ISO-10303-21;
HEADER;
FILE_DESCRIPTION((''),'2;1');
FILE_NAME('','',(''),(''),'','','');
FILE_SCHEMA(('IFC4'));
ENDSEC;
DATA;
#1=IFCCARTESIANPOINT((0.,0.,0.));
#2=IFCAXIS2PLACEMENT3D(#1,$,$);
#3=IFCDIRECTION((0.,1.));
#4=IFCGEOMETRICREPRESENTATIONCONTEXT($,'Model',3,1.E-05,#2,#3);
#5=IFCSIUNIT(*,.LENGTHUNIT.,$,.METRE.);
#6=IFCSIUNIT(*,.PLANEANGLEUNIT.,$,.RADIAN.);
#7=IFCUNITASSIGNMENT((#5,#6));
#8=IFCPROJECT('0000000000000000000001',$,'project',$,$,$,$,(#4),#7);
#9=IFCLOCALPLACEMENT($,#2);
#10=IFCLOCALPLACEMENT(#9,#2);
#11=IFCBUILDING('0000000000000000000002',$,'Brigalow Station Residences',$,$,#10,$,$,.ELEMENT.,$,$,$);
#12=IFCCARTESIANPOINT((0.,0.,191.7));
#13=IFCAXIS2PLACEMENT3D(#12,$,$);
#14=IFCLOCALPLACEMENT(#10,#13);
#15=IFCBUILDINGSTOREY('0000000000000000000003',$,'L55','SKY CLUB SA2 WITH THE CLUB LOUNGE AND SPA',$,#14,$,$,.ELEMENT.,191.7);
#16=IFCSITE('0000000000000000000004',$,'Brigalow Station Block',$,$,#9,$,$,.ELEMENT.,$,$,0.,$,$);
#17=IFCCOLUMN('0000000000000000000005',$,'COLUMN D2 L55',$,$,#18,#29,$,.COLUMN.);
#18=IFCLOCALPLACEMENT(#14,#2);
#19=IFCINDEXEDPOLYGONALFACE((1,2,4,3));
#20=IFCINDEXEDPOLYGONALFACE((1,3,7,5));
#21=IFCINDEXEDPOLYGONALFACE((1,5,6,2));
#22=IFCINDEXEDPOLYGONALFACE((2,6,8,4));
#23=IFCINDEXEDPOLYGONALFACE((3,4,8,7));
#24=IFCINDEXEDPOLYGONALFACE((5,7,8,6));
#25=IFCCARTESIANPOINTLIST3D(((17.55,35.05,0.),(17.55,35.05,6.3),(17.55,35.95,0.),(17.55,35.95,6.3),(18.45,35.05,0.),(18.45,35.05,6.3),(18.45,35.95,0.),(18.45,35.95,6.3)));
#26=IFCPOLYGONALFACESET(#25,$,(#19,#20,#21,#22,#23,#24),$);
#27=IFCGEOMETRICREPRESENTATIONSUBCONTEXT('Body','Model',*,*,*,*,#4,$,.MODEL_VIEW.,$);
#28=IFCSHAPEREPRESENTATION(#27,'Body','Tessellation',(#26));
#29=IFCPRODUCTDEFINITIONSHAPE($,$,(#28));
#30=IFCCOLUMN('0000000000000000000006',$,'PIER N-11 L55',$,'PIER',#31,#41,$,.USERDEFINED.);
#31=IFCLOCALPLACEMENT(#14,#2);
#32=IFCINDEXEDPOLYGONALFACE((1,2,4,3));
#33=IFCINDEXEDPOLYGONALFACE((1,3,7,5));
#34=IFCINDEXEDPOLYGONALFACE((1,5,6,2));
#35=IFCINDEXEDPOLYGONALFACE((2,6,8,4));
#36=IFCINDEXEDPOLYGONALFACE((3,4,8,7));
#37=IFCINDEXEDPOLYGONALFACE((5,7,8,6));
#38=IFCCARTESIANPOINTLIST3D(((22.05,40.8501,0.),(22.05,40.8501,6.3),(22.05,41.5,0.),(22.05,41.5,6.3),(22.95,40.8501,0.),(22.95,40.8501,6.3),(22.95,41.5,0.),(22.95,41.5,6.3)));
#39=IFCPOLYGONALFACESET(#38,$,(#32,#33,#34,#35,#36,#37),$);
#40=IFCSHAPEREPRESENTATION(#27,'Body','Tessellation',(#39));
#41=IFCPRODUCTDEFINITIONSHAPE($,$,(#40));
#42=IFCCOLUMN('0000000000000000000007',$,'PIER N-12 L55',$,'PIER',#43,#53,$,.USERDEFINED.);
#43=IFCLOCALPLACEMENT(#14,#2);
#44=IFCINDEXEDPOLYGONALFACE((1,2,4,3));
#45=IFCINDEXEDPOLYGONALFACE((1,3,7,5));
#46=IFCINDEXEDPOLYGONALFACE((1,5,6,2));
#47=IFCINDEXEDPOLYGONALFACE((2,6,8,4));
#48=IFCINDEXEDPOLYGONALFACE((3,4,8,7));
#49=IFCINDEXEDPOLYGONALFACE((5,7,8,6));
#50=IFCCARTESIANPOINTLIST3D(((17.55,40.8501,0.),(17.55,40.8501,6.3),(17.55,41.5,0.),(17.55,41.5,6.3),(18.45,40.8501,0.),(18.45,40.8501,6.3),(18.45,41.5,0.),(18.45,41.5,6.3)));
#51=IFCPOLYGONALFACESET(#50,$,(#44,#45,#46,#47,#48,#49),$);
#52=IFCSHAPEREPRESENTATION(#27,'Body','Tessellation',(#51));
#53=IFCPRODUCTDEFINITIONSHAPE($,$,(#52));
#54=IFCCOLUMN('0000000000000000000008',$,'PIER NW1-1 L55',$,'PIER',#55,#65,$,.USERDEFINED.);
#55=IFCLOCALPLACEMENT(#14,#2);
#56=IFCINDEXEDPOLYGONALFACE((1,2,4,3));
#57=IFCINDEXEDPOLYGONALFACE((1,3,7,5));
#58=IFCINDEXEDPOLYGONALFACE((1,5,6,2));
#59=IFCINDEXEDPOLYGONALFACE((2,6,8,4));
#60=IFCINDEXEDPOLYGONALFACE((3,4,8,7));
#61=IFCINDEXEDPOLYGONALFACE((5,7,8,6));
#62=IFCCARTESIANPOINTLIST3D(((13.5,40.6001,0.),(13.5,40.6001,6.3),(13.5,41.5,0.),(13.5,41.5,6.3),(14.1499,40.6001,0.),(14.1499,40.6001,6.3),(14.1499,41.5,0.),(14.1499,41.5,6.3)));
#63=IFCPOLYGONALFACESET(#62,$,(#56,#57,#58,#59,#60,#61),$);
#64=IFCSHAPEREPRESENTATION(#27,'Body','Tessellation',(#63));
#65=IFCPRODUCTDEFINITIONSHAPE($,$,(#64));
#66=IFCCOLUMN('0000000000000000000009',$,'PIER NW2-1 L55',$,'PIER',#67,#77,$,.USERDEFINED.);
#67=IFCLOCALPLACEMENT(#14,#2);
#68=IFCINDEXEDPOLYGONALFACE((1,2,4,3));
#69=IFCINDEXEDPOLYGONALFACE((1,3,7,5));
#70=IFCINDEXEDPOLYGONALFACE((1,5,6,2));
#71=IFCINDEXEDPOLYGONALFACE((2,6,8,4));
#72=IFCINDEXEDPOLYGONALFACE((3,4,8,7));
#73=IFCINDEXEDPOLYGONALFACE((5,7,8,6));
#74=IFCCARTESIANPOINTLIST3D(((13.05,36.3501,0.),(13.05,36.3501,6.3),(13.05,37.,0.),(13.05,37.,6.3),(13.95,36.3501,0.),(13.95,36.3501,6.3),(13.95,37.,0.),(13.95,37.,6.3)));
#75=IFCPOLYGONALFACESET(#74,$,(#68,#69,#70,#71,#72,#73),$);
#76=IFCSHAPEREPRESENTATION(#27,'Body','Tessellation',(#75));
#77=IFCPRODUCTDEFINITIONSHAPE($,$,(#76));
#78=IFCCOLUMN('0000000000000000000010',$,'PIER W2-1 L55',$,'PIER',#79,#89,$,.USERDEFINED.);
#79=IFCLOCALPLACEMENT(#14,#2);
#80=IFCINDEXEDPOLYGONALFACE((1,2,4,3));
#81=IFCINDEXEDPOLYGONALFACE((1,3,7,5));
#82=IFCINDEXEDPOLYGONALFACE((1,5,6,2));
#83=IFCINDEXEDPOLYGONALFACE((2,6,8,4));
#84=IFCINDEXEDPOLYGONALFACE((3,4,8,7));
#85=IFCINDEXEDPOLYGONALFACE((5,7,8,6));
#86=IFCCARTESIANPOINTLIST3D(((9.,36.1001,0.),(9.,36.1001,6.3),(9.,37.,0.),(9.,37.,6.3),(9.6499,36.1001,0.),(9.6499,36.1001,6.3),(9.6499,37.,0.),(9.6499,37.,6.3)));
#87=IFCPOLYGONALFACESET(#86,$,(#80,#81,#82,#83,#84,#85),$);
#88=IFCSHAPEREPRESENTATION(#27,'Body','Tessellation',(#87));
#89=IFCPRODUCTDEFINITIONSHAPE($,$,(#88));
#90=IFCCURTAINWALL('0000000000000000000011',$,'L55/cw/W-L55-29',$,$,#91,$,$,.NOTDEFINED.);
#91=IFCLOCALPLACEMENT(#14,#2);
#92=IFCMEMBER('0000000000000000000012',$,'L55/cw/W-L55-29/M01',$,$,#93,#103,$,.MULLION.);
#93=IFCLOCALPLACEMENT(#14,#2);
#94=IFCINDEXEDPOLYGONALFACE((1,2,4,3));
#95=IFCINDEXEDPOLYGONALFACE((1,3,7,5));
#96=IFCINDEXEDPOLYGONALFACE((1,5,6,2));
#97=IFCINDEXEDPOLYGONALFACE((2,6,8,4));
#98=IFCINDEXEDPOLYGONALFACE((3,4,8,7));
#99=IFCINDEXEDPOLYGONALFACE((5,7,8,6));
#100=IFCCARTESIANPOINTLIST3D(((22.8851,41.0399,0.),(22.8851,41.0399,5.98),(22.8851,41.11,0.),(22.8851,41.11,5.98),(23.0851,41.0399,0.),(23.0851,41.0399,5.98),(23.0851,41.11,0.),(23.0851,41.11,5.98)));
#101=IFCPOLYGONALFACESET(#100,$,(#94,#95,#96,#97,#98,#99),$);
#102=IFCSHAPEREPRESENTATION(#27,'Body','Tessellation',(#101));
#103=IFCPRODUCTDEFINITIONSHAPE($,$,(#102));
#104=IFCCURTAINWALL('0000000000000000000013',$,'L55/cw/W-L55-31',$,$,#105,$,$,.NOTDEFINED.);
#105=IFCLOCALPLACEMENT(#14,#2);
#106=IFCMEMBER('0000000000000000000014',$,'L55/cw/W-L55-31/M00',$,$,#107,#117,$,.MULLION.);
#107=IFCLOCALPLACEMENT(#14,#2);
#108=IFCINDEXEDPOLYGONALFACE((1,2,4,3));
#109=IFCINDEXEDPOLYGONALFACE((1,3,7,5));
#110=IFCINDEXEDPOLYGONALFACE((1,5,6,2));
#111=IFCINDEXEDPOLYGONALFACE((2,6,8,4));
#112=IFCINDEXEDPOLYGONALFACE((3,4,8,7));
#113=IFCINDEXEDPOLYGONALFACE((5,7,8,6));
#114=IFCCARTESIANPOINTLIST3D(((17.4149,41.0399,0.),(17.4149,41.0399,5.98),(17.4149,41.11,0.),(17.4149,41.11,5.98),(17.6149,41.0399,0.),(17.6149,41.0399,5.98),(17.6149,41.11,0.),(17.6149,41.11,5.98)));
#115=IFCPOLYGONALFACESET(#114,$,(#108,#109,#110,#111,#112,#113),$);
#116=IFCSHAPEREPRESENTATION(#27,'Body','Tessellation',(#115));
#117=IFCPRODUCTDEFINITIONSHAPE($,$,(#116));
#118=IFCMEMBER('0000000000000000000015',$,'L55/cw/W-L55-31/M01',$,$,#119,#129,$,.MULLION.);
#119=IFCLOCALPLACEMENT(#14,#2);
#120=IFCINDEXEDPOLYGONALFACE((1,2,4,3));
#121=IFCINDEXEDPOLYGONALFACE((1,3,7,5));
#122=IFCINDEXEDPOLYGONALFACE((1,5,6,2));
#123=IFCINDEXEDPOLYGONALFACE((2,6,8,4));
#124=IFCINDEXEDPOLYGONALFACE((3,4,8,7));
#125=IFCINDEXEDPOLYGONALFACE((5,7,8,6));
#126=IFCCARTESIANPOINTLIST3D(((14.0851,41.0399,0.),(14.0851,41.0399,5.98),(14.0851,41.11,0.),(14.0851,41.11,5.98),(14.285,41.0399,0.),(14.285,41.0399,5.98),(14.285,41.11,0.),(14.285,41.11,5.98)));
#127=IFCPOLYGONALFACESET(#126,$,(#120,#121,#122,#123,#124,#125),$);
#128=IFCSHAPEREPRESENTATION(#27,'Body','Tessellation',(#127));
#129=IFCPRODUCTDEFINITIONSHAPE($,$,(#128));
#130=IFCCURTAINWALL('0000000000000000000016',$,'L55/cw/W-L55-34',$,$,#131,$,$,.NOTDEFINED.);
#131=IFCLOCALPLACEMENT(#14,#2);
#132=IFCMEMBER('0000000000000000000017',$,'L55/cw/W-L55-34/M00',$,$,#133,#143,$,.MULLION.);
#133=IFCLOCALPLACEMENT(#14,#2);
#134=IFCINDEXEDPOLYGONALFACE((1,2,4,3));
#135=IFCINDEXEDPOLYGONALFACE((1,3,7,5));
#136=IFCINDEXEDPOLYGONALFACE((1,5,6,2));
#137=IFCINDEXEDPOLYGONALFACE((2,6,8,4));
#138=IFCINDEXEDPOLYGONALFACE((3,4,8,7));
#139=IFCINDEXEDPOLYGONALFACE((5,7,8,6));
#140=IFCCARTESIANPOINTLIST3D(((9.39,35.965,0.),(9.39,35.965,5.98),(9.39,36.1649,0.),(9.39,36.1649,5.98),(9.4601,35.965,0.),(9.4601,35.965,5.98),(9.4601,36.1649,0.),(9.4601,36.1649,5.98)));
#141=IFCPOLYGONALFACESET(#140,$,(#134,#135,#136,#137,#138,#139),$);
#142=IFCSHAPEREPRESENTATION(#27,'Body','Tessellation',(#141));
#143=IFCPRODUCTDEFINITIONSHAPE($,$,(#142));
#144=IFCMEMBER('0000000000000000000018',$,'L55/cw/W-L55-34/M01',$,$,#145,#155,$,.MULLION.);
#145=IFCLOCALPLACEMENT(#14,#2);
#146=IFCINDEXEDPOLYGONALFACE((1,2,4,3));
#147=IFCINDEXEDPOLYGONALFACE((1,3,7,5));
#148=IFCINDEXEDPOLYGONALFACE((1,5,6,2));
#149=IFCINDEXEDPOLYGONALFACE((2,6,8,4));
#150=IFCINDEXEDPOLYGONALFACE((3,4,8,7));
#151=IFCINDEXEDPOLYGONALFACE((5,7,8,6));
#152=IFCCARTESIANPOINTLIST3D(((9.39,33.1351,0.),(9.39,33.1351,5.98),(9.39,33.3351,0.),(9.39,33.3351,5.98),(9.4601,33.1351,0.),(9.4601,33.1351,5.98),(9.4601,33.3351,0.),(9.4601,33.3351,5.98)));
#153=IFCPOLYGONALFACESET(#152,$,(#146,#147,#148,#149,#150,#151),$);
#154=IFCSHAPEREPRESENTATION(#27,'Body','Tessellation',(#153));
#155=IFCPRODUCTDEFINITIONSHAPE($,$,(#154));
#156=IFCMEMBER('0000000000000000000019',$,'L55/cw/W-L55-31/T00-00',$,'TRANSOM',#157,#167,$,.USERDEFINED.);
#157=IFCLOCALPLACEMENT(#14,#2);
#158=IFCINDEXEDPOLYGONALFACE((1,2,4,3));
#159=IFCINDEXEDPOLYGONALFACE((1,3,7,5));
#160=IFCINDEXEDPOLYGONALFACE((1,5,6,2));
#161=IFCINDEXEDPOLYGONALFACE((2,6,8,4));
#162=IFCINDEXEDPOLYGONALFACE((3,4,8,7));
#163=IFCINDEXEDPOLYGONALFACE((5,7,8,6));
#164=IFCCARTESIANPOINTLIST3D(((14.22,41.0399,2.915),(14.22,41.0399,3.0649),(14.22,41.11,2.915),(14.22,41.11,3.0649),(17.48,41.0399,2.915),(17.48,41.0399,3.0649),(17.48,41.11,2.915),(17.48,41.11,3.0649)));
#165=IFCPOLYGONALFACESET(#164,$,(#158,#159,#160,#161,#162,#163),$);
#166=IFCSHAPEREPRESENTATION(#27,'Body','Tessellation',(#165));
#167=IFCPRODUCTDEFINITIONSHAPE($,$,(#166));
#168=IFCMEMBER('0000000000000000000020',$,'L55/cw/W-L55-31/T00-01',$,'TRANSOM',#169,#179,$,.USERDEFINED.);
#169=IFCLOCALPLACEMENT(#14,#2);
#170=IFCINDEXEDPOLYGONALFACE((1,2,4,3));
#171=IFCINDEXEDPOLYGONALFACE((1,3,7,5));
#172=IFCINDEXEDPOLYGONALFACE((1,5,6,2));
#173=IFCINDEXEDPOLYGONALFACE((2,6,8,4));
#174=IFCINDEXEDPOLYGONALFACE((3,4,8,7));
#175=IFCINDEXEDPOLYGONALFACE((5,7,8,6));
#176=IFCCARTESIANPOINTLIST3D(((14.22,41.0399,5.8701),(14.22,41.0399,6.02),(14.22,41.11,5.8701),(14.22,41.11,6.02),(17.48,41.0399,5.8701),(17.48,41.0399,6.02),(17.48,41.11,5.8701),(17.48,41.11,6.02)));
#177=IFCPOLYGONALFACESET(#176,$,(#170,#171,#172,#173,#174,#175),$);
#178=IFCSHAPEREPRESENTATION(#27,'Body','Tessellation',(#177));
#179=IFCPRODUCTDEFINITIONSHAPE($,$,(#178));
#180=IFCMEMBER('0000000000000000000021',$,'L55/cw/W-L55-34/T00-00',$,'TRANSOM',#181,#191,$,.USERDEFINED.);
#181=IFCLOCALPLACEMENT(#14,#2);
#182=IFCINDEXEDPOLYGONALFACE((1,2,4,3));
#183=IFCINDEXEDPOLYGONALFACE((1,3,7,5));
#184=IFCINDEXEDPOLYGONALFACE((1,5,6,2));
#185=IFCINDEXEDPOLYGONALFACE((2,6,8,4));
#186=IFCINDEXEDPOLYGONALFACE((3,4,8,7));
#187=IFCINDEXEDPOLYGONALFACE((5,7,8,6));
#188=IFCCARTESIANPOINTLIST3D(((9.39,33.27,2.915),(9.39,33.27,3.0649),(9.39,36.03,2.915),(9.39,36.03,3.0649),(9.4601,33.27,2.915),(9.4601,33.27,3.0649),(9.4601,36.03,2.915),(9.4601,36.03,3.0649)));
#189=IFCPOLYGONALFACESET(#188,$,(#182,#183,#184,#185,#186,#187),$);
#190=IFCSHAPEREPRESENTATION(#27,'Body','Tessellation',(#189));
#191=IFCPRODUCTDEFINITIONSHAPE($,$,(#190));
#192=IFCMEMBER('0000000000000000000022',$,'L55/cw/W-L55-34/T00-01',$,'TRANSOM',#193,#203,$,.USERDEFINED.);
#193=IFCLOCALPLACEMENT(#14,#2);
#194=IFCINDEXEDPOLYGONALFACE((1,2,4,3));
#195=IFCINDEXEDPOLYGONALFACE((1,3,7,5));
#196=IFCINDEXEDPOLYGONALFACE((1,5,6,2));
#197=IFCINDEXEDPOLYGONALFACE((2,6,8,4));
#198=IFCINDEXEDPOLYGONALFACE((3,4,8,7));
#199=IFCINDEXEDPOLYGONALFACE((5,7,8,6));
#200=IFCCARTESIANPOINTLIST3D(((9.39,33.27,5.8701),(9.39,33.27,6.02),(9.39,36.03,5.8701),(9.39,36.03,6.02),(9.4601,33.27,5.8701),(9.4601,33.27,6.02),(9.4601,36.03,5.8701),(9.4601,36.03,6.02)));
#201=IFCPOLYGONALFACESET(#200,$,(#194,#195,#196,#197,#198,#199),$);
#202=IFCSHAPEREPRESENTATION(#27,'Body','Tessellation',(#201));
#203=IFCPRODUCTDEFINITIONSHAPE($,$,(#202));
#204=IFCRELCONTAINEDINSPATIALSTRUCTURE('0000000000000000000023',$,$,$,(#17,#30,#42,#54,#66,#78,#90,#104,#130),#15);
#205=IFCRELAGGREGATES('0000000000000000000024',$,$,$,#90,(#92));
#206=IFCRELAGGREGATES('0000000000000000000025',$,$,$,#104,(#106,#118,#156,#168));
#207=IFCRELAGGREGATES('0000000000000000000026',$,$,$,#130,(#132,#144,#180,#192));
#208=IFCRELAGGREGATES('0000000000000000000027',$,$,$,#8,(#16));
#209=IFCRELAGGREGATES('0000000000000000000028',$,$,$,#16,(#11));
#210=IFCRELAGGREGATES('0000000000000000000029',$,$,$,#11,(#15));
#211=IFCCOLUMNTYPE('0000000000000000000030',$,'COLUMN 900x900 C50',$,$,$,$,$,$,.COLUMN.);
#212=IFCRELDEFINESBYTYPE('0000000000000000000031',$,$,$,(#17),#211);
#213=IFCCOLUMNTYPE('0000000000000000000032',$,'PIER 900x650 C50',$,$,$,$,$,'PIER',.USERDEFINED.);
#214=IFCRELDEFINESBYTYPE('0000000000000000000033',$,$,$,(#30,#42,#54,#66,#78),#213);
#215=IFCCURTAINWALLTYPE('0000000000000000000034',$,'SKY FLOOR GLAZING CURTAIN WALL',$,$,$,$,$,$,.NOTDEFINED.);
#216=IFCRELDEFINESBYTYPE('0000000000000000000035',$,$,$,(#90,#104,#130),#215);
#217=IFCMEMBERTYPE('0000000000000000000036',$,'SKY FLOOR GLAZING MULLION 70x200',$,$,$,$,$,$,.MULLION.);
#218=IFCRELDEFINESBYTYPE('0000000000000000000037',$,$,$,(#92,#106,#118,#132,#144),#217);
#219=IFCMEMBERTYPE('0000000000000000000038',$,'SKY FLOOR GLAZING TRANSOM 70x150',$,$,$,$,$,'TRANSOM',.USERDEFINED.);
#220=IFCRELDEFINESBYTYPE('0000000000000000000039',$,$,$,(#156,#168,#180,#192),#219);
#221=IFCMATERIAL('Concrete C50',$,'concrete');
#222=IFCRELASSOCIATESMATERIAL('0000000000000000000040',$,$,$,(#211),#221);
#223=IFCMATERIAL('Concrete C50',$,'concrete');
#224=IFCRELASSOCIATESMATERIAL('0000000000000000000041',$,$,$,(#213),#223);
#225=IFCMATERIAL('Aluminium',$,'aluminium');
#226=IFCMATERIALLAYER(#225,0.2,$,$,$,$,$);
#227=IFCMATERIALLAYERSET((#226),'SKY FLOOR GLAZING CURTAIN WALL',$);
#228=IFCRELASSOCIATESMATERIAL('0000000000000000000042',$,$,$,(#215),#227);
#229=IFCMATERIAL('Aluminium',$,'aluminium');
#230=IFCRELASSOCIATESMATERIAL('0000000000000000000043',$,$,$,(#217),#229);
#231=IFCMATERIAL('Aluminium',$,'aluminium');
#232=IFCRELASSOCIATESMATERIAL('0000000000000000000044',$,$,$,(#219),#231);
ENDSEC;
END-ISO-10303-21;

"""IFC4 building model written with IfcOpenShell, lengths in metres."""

from ifc_helpers import new_model, si_unit, direction, frame, origin, origin_2d, place, context, subcontext, project, spatial, rectangle, extrude, material, layer, layer_set, material_profile, profile_set, type_object, element, aggregate, save


model = new_model("IFC4")

# Units and contexts
model_context = context("Model", 3, precision=1e-05, world=origin(), true_north=direction((0.0, 1.0)))
body_context = subcontext(model_context, "Body", "Model", "MODEL_VIEW")
ifc_project = project(units=[si_unit("LENGTHUNIT", "METRE"), si_unit("PLANEANGLEUNIT", "RADIAN")], contexts=[model_context])

# Site, building, storey
site_placement = place(None, origin())
site = spatial("IfcSite", under=ifc_project, at=site_placement, Name="Brigalow Station Block", CompositionType="ELEMENT", RefElevation=0.0)
building_placement = place(site_placement, origin())
building = spatial("IfcBuilding", under=site, at=building_placement, Name="Brigalow Station Residences", CompositionType="ELEMENT")
storey_placement = place(building_placement, frame((0.0, 0.0, 191.7)))
storey = spatial("IfcBuildingStorey", under=building, at=storey_placement, Name="L55", Description="SKY CLUB SA2 WITH THE CLUB LOUNGE AND SPA", CompositionType="ELEMENT", Elevation=191.7)

# Columns
ifc_material_1 = material(Name="Concrete C50", Category="concrete")
ifc_material_profile_1 = material_profile(ifc_material_1, rectangle(XDim=0.8999, YDim=0.8999, at=origin_2d()), Name="RC900x900")
ifc_profile_set_1 = profile_set([ifc_material_profile_1], Name="Concrete C50")
column_type_1 = type_object("IfcColumnType", Name="COLUMN 900x900 C50", PredefinedType="COLUMN", material=ifc_profile_set_1)
column_placement = place(storey_placement, frame((18.0, 35.5, 0.0), z_axis=(0.0, 0.0, 1.0), x_axis=(1.0, 0.0, 0.0)))
element("IfcColumn", 1, at=column_placement, inside=storey, type_object=column_type_1, Name="COLUMN D2 L55", PredefinedType="COLUMN", context=body_context, shape_type="SweptSolid", body=[
    extrude(rectangle(XDim=0.8999, YDim=0.8999, at=origin_2d()), origin(), (0.0, 0.0, 1.0), 6.3),
])
ifc_material_2 = material(Name="Concrete C50", Category="concrete")
ifc_material_profile_2 = material_profile(ifc_material_2, rectangle(XDim=0.8999, YDim=0.6499, at=origin_2d()), Name="RC900x650")
ifc_profile_set_2 = profile_set([ifc_material_profile_2], Name="Concrete C50")
column_type_2 = type_object("IfcColumnType", Name="PIER 900x650 C50", ElementType="PIER", PredefinedType="USERDEFINED", material=ifc_profile_set_2)
for number, where, z_axis, x_axis, name in (
    (2, (22.5, 41.175, 0.0), (0.0, 0.0, 1.0), (-1.0, 0.0, 0.0), "PIER N-11 L55"),
    (3, (18.0, 41.175, 0.0), (0.0, 0.0, 1.0), (-1.0, 0.0, 0.0), "PIER N-12 L55"),
    (4, (13.825, 41.05, 0.0), (0.0, 0.0, 1.0), (0.0, -1.0, 0.0), "PIER NW1-1 L55"),
    (5, (13.5, 36.675, 0.0), (0.0, 0.0, 1.0), (-1.0, 0.0, 0.0), "PIER NW2-1 L55"),
    (6, (9.325, 36.55, 0.0), (0.0, 0.0, 1.0), (0.0, -1.0, 0.0), "PIER W2-1 L55"),
):
    element("IfcColumn", number, at=place(storey_placement, frame(where, z_axis=z_axis, x_axis=x_axis)), inside=storey, type_object=column_type_2, Name=name, ObjectType="PIER", PredefinedType="USERDEFINED", context=body_context, shape_type="SweptSolid", body=[
        extrude(rectangle(XDim=0.8999, YDim=0.6499, at=origin_2d()), origin(), (0.0, 0.0, 1.0), 6.3),
    ])

# Curtain wall, member
ifc_material_3 = material(Name="Aluminium", Category="aluminium")
ifc_layer_1 = layer(ifc_material_3, 0.2)
ifc_layer_set_1 = layer_set([ifc_layer_1], Name="SKY FLOOR GLAZING CURTAIN WALL")
curtain_wall_type = type_object("IfcCurtainWallType", Name="SKY FLOOR GLAZING CURTAIN WALL", PredefinedType="NOTDEFINED", material=ifc_layer_set_1)
curtain_wall_1_placement = place(storey_placement, origin())
curtain_wall_1 = element("IfcCurtainWall", 7, at=curtain_wall_1_placement, inside=storey, type_object=curtain_wall_type, Name="L55/cw/W-L55-29", PredefinedType="NOTDEFINED")
ifc_material_4 = material(Name="Aluminium", Category="aluminium")
ifc_material_profile_3 = material_profile(ifc_material_4, rectangle(XDim=0.0701, YDim=0.2, at=origin_2d()), Name="SKY FLOOR GLAZING MULLION 70x200")
ifc_profile_set_3 = profile_set([ifc_material_profile_3], Name="Aluminium")
member_type_1 = type_object("IfcMemberType", Name="SKY FLOOR GLAZING MULLION 70x200", PredefinedType="MULLION", material=ifc_profile_set_3)
member_1_placement = place(storey_placement, frame((22.9851, 41.075, 0.0), z_axis=(0.0, 0.0, 1.0), x_axis=(0.0, -1.0, 0.0)))
member_1 = element("IfcMember", 8, at=member_1_placement, type_object=member_type_1, Name="L55/cw/W-L55-29/M01", PredefinedType="MULLION", context=body_context, shape_type="SweptSolid", body=[
    extrude(rectangle(XDim=0.0701, YDim=0.2, at=origin_2d()), origin(), (0.0, 0.0, 1.0), 5.98),
])
aggregate(curtain_wall_1, [member_1])

# Curtain walls, members
curtain_wall_2_placement = place(storey_placement, origin())
curtain_wall_2 = element("IfcCurtainWall", 9, at=curtain_wall_2_placement, inside=storey, type_object=curtain_wall_type, Name="L55/cw/W-L55-31", PredefinedType="NOTDEFINED")
member_2_placement = place(storey_placement, frame((17.5149, 41.075, 0.0), z_axis=(0.0, 0.0, 1.0), x_axis=(0.0, -1.0, 0.0)))
member_2 = element("IfcMember", 10, at=member_2_placement, type_object=member_type_1, Name="L55/cw/W-L55-31/M00", PredefinedType="MULLION", context=body_context, shape_type="SweptSolid", body=[
    extrude(rectangle(XDim=0.0701, YDim=0.2, at=origin_2d()), origin(), (0.0, 0.0, 1.0), 5.98),
])
member_3_placement = place(storey_placement, frame((14.1851, 41.075, 0.0), z_axis=(0.0, 0.0, 1.0), x_axis=(0.0, -1.0, 0.0)))
member_3 = element("IfcMember", 11, at=member_3_placement, type_object=member_type_1, Name="L55/cw/W-L55-31/M01", PredefinedType="MULLION", context=body_context, shape_type="SweptSolid", body=[
    extrude(rectangle(XDim=0.0701, YDim=0.2, at=origin_2d()), origin(), (0.0, 0.0, 1.0), 5.98),
])
curtain_wall_3_placement = place(storey_placement, origin())
curtain_wall_3 = element("IfcCurtainWall", 12, at=curtain_wall_3_placement, inside=storey, type_object=curtain_wall_type, Name="L55/cw/W-L55-34", PredefinedType="NOTDEFINED")
member_4_placement = place(storey_placement, frame((9.425, 36.0649, 0.0), z_axis=(0.0, 0.0, 1.0), x_axis=(1.0, 0.0, 0.0)))
member_4 = element("IfcMember", 13, at=member_4_placement, type_object=member_type_1, Name="L55/cw/W-L55-34/M00", PredefinedType="MULLION", context=body_context, shape_type="SweptSolid", body=[
    extrude(rectangle(XDim=0.0701, YDim=0.2, at=origin_2d()), origin(), (0.0, 0.0, 1.0), 5.98),
])
member_5_placement = place(storey_placement, frame((9.425, 33.2351, 0.0), z_axis=(0.0, 0.0, 1.0), x_axis=(1.0, 0.0, 0.0)))
member_5 = element("IfcMember", 14, at=member_5_placement, type_object=member_type_1, Name="L55/cw/W-L55-34/M01", PredefinedType="MULLION", context=body_context, shape_type="SweptSolid", body=[
    extrude(rectangle(XDim=0.0701, YDim=0.2, at=origin_2d()), origin(), (0.0, 0.0, 1.0), 5.98),
])

# Members
ifc_material_5 = material(Name="Aluminium", Category="aluminium")
ifc_material_profile_4 = material_profile(ifc_material_5, rectangle(XDim=0.0701, YDim=0.1499, at=origin_2d()), Name="SKY FLOOR GLAZING TRANSOM 70x150")
ifc_profile_set_4 = profile_set([ifc_material_profile_4], Name="Aluminium")
member_type_2 = type_object("IfcMemberType", Name="SKY FLOOR GLAZING TRANSOM 70x150", ElementType="TRANSOM", PredefinedType="USERDEFINED", material=ifc_profile_set_4)
member_6_placement = place(storey_placement, frame((17.48, 41.075, 2.99), z_axis=(-1.0, 0.0, 0.0), x_axis=(0.0, -1.0, 0.0)))
member_6 = element("IfcMember", 15, at=member_6_placement, type_object=member_type_2, Name="L55/cw/W-L55-31/T00-00", ObjectType="TRANSOM", PredefinedType="USERDEFINED", context=body_context, shape_type="SweptSolid", body=[
    extrude(rectangle(XDim=0.0701, YDim=0.1499, at=origin_2d()), origin(), (0.0, 0.0, 1.0), 3.26),
])
member_7_placement = place(storey_placement, frame((17.48, 41.075, 5.9451), z_axis=(-1.0, 0.0, 0.0), x_axis=(0.0, -1.0, 0.0)))
member_7 = element("IfcMember", 16, at=member_7_placement, type_object=member_type_2, Name="L55/cw/W-L55-31/T00-01", ObjectType="TRANSOM", PredefinedType="USERDEFINED", context=body_context, shape_type="SweptSolid", body=[
    extrude(rectangle(XDim=0.0701, YDim=0.1499, at=origin_2d()), origin(), (0.0, 0.0, 1.0), 3.26),
])
member_8_placement = place(storey_placement, frame((9.425, 36.03, 2.99), z_axis=(0.0, -1.0, 0.0), x_axis=(1.0, 0.0, 0.0)))
member_8 = element("IfcMember", 17, at=member_8_placement, type_object=member_type_2, Name="L55/cw/W-L55-34/T00-00", ObjectType="TRANSOM", PredefinedType="USERDEFINED", context=body_context, shape_type="SweptSolid", body=[
    extrude(rectangle(XDim=0.0701, YDim=0.1499, at=origin_2d()), origin(), (0.0, 0.0, 1.0), 2.76),
])
member_9_placement = place(storey_placement, frame((9.425, 36.03, 5.9451), z_axis=(0.0, -1.0, 0.0), x_axis=(1.0, 0.0, 0.0)))
member_9 = element("IfcMember", 18, at=member_9_placement, type_object=member_type_2, Name="L55/cw/W-L55-34/T00-01", ObjectType="TRANSOM", PredefinedType="USERDEFINED", context=body_context, shape_type="SweptSolid", body=[
    extrude(rectangle(XDim=0.0701, YDim=0.1499, at=origin_2d()), origin(), (0.0, 0.0, 1.0), 2.76),
])

aggregate(curtain_wall_2, [member_2, member_3, member_6, member_7])
aggregate(curtain_wall_3, [member_4, member_5, member_8, member_9])

save(model, "model.ifc")
